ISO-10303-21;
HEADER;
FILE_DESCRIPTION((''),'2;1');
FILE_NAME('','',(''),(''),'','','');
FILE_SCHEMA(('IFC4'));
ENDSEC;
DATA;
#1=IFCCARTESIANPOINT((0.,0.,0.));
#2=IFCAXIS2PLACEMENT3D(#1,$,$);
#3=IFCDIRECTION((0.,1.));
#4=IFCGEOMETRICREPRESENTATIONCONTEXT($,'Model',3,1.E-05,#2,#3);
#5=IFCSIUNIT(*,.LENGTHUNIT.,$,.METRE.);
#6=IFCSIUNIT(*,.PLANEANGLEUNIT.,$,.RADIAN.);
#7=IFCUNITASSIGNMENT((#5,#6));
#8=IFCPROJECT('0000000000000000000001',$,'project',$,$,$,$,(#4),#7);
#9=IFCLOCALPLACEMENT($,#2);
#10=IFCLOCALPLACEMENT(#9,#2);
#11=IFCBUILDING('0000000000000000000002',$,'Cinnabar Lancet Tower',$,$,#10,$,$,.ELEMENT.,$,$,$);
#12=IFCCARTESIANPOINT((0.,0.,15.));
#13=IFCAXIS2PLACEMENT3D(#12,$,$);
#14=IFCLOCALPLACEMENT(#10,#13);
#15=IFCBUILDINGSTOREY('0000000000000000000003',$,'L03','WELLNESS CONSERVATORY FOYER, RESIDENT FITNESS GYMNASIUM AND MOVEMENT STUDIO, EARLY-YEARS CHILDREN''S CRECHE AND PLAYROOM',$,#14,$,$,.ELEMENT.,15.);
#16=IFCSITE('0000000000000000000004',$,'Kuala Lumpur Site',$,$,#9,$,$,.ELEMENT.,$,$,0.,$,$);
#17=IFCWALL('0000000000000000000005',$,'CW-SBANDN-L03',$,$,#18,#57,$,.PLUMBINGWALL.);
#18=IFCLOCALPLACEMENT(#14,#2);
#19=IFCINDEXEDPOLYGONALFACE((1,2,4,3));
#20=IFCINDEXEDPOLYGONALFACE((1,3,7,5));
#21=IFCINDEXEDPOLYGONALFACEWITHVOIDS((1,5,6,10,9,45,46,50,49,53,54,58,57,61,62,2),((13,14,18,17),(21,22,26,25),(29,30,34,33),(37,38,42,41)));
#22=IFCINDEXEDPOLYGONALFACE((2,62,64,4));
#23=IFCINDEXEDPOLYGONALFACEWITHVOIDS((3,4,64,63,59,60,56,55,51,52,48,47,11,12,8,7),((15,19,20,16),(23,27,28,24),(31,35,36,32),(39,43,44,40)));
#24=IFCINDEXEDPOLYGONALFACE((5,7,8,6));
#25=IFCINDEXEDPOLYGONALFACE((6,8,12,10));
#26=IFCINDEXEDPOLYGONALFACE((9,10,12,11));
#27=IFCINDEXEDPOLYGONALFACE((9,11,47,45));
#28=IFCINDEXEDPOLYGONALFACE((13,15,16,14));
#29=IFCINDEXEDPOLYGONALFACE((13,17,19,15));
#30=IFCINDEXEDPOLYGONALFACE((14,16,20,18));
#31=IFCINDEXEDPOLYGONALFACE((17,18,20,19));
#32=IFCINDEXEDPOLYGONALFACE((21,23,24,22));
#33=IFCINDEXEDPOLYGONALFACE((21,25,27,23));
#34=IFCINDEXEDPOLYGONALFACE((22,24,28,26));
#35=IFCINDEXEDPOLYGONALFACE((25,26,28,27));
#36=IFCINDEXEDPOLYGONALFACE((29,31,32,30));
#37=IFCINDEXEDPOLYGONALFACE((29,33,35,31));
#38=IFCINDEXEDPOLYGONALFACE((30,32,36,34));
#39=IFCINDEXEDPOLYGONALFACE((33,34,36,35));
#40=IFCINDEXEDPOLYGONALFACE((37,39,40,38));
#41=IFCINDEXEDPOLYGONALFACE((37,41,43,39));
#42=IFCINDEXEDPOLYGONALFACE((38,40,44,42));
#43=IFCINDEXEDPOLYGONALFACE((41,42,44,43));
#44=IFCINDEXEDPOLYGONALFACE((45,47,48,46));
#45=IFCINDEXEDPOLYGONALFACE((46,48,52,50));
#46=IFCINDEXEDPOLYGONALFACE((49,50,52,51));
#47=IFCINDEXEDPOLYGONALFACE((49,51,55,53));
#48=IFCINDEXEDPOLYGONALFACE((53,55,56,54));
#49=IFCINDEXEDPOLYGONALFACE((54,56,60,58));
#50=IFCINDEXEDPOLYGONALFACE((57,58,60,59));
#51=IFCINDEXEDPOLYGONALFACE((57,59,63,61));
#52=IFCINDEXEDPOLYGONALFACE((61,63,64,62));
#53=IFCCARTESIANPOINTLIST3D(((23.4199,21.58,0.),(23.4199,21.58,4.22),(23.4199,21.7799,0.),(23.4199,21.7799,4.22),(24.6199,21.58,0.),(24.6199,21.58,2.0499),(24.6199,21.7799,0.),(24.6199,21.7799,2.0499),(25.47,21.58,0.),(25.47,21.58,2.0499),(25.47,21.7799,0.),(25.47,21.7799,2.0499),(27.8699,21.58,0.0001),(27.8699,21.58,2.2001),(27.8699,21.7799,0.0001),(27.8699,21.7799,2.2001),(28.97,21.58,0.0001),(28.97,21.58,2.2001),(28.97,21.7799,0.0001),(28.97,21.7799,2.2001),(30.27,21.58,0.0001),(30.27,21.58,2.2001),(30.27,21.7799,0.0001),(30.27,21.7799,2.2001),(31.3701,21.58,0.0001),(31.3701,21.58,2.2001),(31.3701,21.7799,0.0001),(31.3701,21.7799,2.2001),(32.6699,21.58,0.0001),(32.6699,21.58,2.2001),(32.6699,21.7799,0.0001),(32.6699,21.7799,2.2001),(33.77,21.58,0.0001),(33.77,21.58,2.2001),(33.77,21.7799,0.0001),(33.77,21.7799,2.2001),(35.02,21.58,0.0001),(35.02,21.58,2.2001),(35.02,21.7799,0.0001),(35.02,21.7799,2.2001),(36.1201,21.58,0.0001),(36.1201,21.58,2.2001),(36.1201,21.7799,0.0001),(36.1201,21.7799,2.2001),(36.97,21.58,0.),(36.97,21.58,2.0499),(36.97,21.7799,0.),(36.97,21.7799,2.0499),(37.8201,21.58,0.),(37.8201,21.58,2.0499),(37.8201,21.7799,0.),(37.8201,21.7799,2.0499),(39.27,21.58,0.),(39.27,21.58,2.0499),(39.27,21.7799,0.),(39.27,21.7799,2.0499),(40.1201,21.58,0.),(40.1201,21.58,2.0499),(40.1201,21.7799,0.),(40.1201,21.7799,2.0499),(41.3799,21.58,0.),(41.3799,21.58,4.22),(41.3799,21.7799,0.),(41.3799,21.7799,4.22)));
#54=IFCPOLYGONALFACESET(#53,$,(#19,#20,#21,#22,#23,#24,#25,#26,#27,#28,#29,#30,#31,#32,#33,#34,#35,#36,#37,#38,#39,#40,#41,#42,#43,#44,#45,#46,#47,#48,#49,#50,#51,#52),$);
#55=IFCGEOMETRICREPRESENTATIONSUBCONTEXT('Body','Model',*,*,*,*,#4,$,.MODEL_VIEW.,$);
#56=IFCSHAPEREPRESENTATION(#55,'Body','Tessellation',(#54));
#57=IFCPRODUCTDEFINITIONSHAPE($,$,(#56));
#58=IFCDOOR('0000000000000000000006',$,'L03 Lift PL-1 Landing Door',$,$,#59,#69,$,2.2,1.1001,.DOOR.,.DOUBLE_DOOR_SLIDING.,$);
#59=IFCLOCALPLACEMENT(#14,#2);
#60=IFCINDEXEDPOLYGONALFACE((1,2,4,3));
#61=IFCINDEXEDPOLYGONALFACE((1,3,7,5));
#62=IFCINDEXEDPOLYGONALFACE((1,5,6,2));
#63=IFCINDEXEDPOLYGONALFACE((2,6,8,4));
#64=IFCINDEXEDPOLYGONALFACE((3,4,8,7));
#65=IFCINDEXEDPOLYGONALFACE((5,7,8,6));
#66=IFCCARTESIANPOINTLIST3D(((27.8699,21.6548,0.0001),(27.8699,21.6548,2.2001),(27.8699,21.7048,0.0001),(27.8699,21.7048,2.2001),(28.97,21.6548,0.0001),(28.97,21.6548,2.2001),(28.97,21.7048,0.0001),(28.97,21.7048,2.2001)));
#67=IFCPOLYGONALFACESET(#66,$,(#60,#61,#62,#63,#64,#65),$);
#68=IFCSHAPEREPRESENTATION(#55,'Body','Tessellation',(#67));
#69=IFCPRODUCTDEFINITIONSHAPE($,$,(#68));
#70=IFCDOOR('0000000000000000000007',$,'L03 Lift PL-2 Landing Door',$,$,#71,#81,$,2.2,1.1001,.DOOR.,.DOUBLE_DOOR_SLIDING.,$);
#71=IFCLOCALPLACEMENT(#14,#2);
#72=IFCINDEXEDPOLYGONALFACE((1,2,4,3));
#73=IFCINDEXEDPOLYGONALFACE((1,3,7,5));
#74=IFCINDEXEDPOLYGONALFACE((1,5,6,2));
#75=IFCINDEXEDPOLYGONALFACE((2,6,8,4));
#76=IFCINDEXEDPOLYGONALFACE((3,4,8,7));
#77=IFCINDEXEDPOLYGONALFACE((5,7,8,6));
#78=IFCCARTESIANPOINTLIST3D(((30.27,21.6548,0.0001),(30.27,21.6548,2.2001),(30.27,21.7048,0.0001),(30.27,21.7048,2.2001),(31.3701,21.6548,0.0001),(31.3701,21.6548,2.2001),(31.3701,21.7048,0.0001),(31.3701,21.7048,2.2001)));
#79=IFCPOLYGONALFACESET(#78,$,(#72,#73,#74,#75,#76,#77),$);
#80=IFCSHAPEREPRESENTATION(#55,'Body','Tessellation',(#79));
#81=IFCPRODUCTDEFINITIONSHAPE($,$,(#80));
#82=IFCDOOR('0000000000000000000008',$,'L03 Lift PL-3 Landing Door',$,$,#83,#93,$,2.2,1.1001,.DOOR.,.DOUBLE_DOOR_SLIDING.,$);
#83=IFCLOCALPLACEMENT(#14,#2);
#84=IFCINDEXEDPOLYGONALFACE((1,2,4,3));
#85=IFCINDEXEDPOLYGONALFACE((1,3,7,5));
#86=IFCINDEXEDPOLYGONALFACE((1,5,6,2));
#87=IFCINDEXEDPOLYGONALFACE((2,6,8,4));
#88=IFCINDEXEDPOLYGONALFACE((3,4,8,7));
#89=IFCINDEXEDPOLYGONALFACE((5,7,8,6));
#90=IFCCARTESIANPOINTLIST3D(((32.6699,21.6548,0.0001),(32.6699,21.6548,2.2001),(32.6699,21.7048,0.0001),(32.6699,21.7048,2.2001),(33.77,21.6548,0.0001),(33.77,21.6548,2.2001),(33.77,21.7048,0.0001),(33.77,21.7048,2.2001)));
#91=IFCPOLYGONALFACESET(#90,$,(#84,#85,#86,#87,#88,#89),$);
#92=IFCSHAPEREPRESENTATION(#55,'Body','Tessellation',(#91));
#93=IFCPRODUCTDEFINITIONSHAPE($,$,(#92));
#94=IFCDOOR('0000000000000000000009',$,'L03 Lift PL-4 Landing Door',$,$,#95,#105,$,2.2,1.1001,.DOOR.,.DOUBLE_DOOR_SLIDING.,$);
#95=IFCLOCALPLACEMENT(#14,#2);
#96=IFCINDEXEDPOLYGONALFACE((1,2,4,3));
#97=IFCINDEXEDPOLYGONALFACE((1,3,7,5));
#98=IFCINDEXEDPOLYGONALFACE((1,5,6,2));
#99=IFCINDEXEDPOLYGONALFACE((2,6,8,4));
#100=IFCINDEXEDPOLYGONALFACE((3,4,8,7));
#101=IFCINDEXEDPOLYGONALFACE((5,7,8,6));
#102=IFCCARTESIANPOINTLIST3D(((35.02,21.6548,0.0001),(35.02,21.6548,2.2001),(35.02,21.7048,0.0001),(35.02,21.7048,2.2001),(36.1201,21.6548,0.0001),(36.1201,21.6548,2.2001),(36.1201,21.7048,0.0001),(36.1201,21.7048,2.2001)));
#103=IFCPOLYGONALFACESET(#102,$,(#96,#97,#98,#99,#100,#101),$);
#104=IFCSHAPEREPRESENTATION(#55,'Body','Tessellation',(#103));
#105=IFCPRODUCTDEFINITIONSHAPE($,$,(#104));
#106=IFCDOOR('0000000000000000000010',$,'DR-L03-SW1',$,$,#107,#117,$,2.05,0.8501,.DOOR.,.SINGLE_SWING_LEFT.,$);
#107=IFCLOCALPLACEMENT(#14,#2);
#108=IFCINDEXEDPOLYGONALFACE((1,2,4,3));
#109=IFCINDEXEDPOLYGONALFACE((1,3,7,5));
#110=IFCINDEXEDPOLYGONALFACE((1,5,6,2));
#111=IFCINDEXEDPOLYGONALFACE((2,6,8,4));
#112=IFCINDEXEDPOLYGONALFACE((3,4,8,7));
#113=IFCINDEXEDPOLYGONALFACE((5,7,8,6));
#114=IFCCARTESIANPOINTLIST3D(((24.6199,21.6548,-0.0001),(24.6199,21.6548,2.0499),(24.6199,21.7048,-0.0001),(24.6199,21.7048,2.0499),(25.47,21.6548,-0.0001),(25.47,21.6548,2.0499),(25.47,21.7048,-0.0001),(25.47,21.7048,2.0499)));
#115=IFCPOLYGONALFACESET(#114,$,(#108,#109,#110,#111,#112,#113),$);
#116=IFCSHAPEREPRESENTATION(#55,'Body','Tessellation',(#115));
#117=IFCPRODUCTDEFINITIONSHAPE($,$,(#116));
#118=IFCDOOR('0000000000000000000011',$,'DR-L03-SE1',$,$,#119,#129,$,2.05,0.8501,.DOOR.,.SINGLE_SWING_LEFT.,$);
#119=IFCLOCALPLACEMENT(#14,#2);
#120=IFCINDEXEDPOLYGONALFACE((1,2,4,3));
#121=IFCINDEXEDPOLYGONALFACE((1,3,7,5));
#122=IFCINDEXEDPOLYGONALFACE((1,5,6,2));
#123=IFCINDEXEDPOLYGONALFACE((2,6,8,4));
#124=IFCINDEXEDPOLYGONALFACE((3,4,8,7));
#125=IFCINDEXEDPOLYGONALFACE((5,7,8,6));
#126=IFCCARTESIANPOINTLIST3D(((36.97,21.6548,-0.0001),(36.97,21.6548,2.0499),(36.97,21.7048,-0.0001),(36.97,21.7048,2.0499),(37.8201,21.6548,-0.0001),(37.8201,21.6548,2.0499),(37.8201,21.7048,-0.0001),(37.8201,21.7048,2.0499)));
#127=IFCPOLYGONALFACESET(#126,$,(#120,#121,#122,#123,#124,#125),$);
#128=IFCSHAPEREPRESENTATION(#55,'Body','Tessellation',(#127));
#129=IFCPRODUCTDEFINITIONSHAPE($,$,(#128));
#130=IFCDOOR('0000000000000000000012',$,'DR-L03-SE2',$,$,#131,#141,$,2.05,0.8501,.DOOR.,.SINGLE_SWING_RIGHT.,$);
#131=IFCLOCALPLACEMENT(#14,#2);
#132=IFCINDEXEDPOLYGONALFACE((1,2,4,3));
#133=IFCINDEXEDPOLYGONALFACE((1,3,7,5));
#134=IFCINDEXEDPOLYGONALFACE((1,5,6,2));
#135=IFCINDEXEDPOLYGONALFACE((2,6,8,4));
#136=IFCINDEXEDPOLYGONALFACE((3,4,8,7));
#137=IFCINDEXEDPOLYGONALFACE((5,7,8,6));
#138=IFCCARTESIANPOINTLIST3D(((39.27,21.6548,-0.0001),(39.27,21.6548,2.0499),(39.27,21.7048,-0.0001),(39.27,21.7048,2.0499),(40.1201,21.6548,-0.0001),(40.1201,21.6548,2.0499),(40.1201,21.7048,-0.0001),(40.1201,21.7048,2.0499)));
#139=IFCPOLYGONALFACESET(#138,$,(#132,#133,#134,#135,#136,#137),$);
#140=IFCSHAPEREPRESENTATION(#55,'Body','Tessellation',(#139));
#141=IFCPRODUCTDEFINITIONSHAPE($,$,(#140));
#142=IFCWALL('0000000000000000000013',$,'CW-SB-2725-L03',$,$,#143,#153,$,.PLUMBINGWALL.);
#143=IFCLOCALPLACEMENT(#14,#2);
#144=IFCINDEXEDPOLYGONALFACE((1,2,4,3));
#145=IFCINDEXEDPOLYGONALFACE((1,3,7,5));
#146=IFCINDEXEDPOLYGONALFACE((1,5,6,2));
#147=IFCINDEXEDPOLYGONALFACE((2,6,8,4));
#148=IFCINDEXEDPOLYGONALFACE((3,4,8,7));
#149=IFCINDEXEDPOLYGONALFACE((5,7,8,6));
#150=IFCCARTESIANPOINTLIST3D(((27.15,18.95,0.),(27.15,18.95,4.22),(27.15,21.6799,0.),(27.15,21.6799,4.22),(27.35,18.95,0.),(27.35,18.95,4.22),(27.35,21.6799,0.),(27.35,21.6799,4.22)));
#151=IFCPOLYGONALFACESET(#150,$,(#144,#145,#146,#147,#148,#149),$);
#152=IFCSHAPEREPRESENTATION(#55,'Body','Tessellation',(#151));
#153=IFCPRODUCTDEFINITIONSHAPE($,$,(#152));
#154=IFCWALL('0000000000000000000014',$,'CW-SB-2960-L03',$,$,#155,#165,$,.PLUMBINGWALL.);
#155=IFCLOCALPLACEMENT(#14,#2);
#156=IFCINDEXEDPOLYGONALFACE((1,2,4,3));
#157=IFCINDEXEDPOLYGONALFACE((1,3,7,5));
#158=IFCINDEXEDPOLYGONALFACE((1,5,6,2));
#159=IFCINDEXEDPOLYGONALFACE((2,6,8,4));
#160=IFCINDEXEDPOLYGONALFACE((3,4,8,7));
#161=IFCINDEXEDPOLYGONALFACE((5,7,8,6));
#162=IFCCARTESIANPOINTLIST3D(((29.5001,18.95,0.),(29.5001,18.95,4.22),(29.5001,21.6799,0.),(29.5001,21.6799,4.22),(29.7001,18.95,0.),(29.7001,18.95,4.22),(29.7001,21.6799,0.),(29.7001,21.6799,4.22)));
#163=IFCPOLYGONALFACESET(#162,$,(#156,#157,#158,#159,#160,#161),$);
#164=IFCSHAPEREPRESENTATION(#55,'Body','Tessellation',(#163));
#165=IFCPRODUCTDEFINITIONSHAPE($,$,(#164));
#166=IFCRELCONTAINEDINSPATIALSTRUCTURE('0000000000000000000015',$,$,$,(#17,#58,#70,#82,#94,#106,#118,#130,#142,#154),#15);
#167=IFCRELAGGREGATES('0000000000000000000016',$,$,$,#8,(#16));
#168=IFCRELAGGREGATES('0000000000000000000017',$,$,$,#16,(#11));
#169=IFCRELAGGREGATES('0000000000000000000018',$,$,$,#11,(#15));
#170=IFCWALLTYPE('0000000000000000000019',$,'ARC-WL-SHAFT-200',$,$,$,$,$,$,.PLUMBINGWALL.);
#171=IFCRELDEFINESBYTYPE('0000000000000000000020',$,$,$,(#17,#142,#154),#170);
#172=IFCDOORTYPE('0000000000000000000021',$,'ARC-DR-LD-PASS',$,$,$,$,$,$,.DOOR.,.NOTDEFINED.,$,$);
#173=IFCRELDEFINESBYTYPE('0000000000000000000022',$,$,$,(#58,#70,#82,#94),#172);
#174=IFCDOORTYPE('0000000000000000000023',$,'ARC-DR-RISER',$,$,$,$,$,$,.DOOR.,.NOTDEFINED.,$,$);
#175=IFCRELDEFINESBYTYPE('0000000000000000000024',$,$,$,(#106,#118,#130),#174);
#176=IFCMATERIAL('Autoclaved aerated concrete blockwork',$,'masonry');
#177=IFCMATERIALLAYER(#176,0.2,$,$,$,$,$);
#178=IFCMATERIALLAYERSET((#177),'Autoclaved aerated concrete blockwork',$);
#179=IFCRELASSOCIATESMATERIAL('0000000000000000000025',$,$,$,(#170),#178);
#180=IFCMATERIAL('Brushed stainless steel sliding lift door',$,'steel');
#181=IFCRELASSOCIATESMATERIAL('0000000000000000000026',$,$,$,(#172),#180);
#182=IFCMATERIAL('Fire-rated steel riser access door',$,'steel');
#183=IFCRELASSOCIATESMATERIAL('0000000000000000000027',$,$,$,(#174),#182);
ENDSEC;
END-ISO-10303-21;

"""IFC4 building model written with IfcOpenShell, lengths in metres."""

from ifc_helpers import new_model, si_unit, direction, frame, frame_2d, origin, place, context, subcontext, project, spatial, rectangle, extrude, material, layer, layer_set, type_object, element, fill, save


model = new_model("IFC4")

# Units and contexts
model_context = context("Model", 3, precision=1e-05, world=origin(), true_north=direction((0.0, 1.0)))
body_context = subcontext(model_context, "Body", "Model", "MODEL_VIEW")
ifc_project = project(units=[si_unit("LENGTHUNIT", "METRE"), si_unit("PLANEANGLEUNIT", "RADIAN")], contexts=[model_context])

# Site, building, storey
site_placement = place(None, origin())
site = spatial("IfcSite", under=ifc_project, at=site_placement, Name="Kuala Lumpur Site", CompositionType="ELEMENT", RefElevation=0.0)
building_placement = place(site_placement, origin())
building = spatial("IfcBuilding", under=site, at=building_placement, Name="Cinnabar Lancet Tower", CompositionType="ELEMENT")
storey_placement = place(building_placement, frame((0.0, 0.0, 15.0)))
storey = spatial("IfcBuildingStorey", under=building, at=storey_placement, Name="L03", Description="WELLNESS CONSERVATORY FOYER, RESIDENT FITNESS GYMNASIUM AND MOVEMENT STUDIO, EARLY-YEARS CHILDREN'S CRECHE AND PLAYROOM", CompositionType="ELEMENT", Elevation=15.0)

# Shared definitions
ifc_material_1 = material(Name="Autoclaved aerated concrete blockwork", Category="masonry")
ifc_layer_1 = layer(ifc_material_1, 0.2)
ifc_layer_set_1 = layer_set([ifc_layer_1], Name="Autoclaved aerated concrete blockwork")
wall_type_1 = type_object("IfcWallType", Name="ARC-WL-SHAFT-200", PredefinedType="PLUMBINGWALL", material=ifc_layer_set_1)

# Shared definitions
ifc_material_2 = material(Name="Brushed stainless steel sliding lift door", Category="steel")
door_type_1 = type_object("IfcDoorType", Name="ARC-DR-LD-PASS", OperationType="NOTDEFINED", PredefinedType="DOOR", material=ifc_material_2)

# Wall, openings, doors
wall_1_placement = place(storey_placement, frame((23.4199, 21.6799, 0.0), z_axis=(0.0, 0.0, 1.0), x_axis=(1.0, 0.0, 0.0)))
wall_1 = element("IfcWall", 1, at=wall_1_placement, inside=storey, type_object=wall_type_1, Name="CW-SBANDN-L03", PredefinedType="PLUMBINGWALL", context=body_context, shape_type="SweptSolid", body=[
    extrude(rectangle(XDim=17.96, YDim=0.2, at=frame_2d((8.98, 0.0))), origin(), (0.0, 0.0, 1.0), 4.22),
])
opening_1_placement = place(wall_1_placement, frame((4.45, 0.0, 0.0)))
opening_1 = element("IfcOpeningElement", 2, at=opening_1_placement, cuts=wall_1, PredefinedType="OPENING", context=body_context, shape_type="SweptSolid", body=[
    extrude(rectangle(XDim=1.1001, YDim=2.2, at=frame_2d((0.55, 1.1001))), frame((0.0, 0.1099, 0.0), z_axis=(0.0, -1.0, 0.0), x_axis=(1.0, 0.0, 0.0)), (0.0, 0.0, 1.0), 0.22),
])
opening_2_placement = place(wall_1_placement, frame((6.8501, 0.0, 0.0)))
opening_2 = element("IfcOpeningElement", 3, at=opening_2_placement, cuts=wall_1, PredefinedType="OPENING", context=body_context, shape_type="SweptSolid", body=[
    extrude(rectangle(XDim=1.1001, YDim=2.2, at=frame_2d((0.55, 1.1001))), frame((0.0, 0.1099, 0.0), z_axis=(0.0, -1.0, 0.0), x_axis=(1.0, 0.0, 0.0)), (0.0, 0.0, 1.0), 0.22),
])
opening_3_placement = place(wall_1_placement, frame((9.25, 0.0, 0.0)))
opening_3 = element("IfcOpeningElement", 4, at=opening_3_placement, cuts=wall_1, PredefinedType="OPENING", context=body_context, shape_type="SweptSolid", body=[
    extrude(rectangle(XDim=1.1001, YDim=2.2, at=frame_2d((0.55, 1.1001))), frame((0.0, 0.1099, 0.0), z_axis=(0.0, -1.0, 0.0), x_axis=(1.0, 0.0, 0.0)), (0.0, 0.0, 1.0), 0.22),
])
opening_4_placement = place(wall_1_placement, frame((11.6001, 0.0, 0.0)))
opening_4 = element("IfcOpeningElement", 5, at=opening_4_placement, cuts=wall_1, PredefinedType="OPENING", context=body_context, shape_type="SweptSolid", body=[
    extrude(rectangle(XDim=1.1001, YDim=2.2, at=frame_2d((0.55, 1.1001))), frame((0.0, 0.1099, 0.0), z_axis=(0.0, -1.0, 0.0), x_axis=(1.0, 0.0, 0.0)), (0.0, 0.0, 1.0), 0.22),
])
opening_5_placement = place(wall_1_placement, frame((1.2, 0.0, 0.0)))
opening_5 = element("IfcOpeningElement", 6, at=opening_5_placement, cuts=wall_1, PredefinedType="OPENING", context=body_context, shape_type="SweptSolid", body=[
    extrude(rectangle(XDim=0.8501, YDim=2.05, at=frame_2d((0.425, 1.0249))), frame((0.0, 0.1099, 0.0), z_axis=(0.0, -1.0, 0.0), x_axis=(1.0, 0.0, 0.0)), (0.0, 0.0, 1.0), 0.22),
])
opening_6_placement = place(wall_1_placement, frame((13.55, 0.0, 0.0)))
opening_6 = element("IfcOpeningElement", 7, at=opening_6_placement, cuts=wall_1, PredefinedType="OPENING", context=body_context, shape_type="SweptSolid", body=[
    extrude(rectangle(XDim=0.8501, YDim=2.05, at=frame_2d((0.425, 1.0249))), frame((0.0, 0.1099, 0.0), z_axis=(0.0, -1.0, 0.0), x_axis=(1.0, 0.0, 0.0)), (0.0, 0.0, 1.0), 0.22),
])
opening_7_placement = place(wall_1_placement, frame((15.8501, 0.0, 0.0)))
opening_7 = element("IfcOpeningElement", 8, at=opening_7_placement, cuts=wall_1, PredefinedType="OPENING", context=body_context, shape_type="SweptSolid", body=[
    extrude(rectangle(XDim=0.8501, YDim=2.05, at=frame_2d((0.425, 1.0249))), frame((0.0, 0.1099, 0.0), z_axis=(0.0, -1.0, 0.0), x_axis=(1.0, 0.0, 0.0)), (0.0, 0.0, 1.0), 0.22),
])
door_1_placement = place(opening_1_placement, origin())
door_1 = element("IfcDoor", 9, at=door_1_placement, inside=storey, type_object=door_type_1, Name="L03 Lift PL-1 Landing Door", OperationType="DOUBLE_DOOR_SLIDING", OverallHeight=2.2, OverallWidth=1.1001, PredefinedType="DOOR", context=body_context, shape_type="SweptSolid", body=[
    extrude(rectangle(XDim=1.1001, YDim=2.2, at=frame_2d((0.55, 1.1001))), frame((0.0, 0.0249, 0.0), z_axis=(0.0, -1.0, 0.0), x_axis=(1.0, 0.0, 0.0)), (0.0, 0.0, 1.0), 0.05),
])
fill(opening_1, door_1)
door_2_placement = place(opening_2_placement, origin())
door_2 = element("IfcDoor", 10, at=door_2_placement, inside=storey, type_object=door_type_1, Name="L03 Lift PL-2 Landing Door", OperationType="DOUBLE_DOOR_SLIDING", OverallHeight=2.2, OverallWidth=1.1001, PredefinedType="DOOR", context=body_context, shape_type="SweptSolid", body=[
    extrude(rectangle(XDim=1.1001, YDim=2.2, at=frame_2d((0.55, 1.1001))), frame((0.0, 0.0249, 0.0), z_axis=(0.0, -1.0, 0.0), x_axis=(1.0, 0.0, 0.0)), (0.0, 0.0, 1.0), 0.05),
])
fill(opening_2, door_2)
door_3_placement = place(opening_3_placement, origin())
door_3 = element("IfcDoor", 11, at=door_3_placement, inside=storey, type_object=door_type_1, Name="L03 Lift PL-3 Landing Door", OperationType="DOUBLE_DOOR_SLIDING", OverallHeight=2.2, OverallWidth=1.1001, PredefinedType="DOOR", context=body_context, shape_type="SweptSolid", body=[
    extrude(rectangle(XDim=1.1001, YDim=2.2, at=frame_2d((0.55, 1.1001))), frame((0.0, 0.0249, 0.0), z_axis=(0.0, -1.0, 0.0), x_axis=(1.0, 0.0, 0.0)), (0.0, 0.0, 1.0), 0.05),
])
fill(opening_3, door_3)
door_4_placement = place(opening_4_placement, origin())
door_4 = element("IfcDoor", 12, at=door_4_placement, inside=storey, type_object=door_type_1, Name="L03 Lift PL-4 Landing Door", OperationType="DOUBLE_DOOR_SLIDING", OverallHeight=2.2, OverallWidth=1.1001, PredefinedType="DOOR", context=body_context, shape_type="SweptSolid", body=[
    extrude(rectangle(XDim=1.1001, YDim=2.2, at=frame_2d((0.55, 1.1001))), frame((0.0, 0.0249, 0.0), z_axis=(0.0, -1.0, 0.0), x_axis=(1.0, 0.0, 0.0)), (0.0, 0.0, 1.0), 0.05),
])
fill(opening_4, door_4)
ifc_material_3 = material(Name="Fire-rated steel riser access door", Category="steel")
door_type_2 = type_object("IfcDoorType", Name="ARC-DR-RISER", OperationType="NOTDEFINED", PredefinedType="DOOR", material=ifc_material_3)
door_5_placement = place(opening_5_placement, origin())
door_5 = element("IfcDoor", 13, at=door_5_placement, inside=storey, type_object=door_type_2, Name="DR-L03-SW1", OperationType="SINGLE_SWING_LEFT", OverallHeight=2.05, OverallWidth=0.8501, PredefinedType="DOOR", context=body_context, shape_type="SweptSolid", body=[
    extrude(rectangle(XDim=0.8501, YDim=2.05, at=frame_2d((0.425, 1.0249))), frame((0.0, 0.0249, 0.0), z_axis=(0.0, -1.0, 0.0), x_axis=(1.0, 0.0, 0.0)), (0.0, 0.0, 1.0), 0.05),
])
fill(opening_5, door_5)
door_6_placement = place(opening_6_placement, origin())
door_6 = element("IfcDoor", 14, at=door_6_placement, inside=storey, type_object=door_type_2, Name="DR-L03-SE1", OperationType="SINGLE_SWING_LEFT", OverallHeight=2.05, OverallWidth=0.8501, PredefinedType="DOOR", context=body_context, shape_type="SweptSolid", body=[
    extrude(rectangle(XDim=0.8501, YDim=2.05, at=frame_2d((0.425, 1.0249))), frame((0.0, 0.0249, 0.0), z_axis=(0.0, -1.0, 0.0), x_axis=(1.0, 0.0, 0.0)), (0.0, 0.0, 1.0), 0.05),
])
fill(opening_6, door_6)
door_7_placement = place(opening_7_placement, origin())
door_7 = element("IfcDoor", 15, at=door_7_placement, inside=storey, type_object=door_type_2, Name="DR-L03-SE2", OperationType="SINGLE_SWING_RIGHT", OverallHeight=2.05, OverallWidth=0.8501, PredefinedType="DOOR", context=body_context, shape_type="SweptSolid", body=[
    extrude(rectangle(XDim=0.8501, YDim=2.05, at=frame_2d((0.425, 1.0249))), frame((0.0, 0.0249, 0.0), z_axis=(0.0, -1.0, 0.0), x_axis=(1.0, 0.0, 0.0)), (0.0, 0.0, 1.0), 0.05),
])
fill(opening_7, door_7)

# Walls
for number, where, z_axis, x_axis, name in (
    (16, (27.25, 18.95, 0.0), (0.0, 0.0, 1.0), (0.0, 1.0, 0.0), "CW-SB-2725-L03"),
    (17, (29.6001, 18.95, 0.0), (0.0, 0.0, 1.0), (0.0, 1.0, 0.0), "CW-SB-2960-L03"),
):
    element("IfcWall", number, at=place(storey_placement, frame(where, z_axis=z_axis, x_axis=x_axis)), inside=storey, type_object=wall_type_1, Name=name, PredefinedType="PLUMBINGWALL", context=body_context, shape_type="SweptSolid", body=[
        extrude(rectangle(XDim=2.73, YDim=0.2, at=frame_2d((1.365, 0.0))), origin(), (0.0, 0.0, 1.0), 4.22),
    ])

save(model, "model.ifc")
